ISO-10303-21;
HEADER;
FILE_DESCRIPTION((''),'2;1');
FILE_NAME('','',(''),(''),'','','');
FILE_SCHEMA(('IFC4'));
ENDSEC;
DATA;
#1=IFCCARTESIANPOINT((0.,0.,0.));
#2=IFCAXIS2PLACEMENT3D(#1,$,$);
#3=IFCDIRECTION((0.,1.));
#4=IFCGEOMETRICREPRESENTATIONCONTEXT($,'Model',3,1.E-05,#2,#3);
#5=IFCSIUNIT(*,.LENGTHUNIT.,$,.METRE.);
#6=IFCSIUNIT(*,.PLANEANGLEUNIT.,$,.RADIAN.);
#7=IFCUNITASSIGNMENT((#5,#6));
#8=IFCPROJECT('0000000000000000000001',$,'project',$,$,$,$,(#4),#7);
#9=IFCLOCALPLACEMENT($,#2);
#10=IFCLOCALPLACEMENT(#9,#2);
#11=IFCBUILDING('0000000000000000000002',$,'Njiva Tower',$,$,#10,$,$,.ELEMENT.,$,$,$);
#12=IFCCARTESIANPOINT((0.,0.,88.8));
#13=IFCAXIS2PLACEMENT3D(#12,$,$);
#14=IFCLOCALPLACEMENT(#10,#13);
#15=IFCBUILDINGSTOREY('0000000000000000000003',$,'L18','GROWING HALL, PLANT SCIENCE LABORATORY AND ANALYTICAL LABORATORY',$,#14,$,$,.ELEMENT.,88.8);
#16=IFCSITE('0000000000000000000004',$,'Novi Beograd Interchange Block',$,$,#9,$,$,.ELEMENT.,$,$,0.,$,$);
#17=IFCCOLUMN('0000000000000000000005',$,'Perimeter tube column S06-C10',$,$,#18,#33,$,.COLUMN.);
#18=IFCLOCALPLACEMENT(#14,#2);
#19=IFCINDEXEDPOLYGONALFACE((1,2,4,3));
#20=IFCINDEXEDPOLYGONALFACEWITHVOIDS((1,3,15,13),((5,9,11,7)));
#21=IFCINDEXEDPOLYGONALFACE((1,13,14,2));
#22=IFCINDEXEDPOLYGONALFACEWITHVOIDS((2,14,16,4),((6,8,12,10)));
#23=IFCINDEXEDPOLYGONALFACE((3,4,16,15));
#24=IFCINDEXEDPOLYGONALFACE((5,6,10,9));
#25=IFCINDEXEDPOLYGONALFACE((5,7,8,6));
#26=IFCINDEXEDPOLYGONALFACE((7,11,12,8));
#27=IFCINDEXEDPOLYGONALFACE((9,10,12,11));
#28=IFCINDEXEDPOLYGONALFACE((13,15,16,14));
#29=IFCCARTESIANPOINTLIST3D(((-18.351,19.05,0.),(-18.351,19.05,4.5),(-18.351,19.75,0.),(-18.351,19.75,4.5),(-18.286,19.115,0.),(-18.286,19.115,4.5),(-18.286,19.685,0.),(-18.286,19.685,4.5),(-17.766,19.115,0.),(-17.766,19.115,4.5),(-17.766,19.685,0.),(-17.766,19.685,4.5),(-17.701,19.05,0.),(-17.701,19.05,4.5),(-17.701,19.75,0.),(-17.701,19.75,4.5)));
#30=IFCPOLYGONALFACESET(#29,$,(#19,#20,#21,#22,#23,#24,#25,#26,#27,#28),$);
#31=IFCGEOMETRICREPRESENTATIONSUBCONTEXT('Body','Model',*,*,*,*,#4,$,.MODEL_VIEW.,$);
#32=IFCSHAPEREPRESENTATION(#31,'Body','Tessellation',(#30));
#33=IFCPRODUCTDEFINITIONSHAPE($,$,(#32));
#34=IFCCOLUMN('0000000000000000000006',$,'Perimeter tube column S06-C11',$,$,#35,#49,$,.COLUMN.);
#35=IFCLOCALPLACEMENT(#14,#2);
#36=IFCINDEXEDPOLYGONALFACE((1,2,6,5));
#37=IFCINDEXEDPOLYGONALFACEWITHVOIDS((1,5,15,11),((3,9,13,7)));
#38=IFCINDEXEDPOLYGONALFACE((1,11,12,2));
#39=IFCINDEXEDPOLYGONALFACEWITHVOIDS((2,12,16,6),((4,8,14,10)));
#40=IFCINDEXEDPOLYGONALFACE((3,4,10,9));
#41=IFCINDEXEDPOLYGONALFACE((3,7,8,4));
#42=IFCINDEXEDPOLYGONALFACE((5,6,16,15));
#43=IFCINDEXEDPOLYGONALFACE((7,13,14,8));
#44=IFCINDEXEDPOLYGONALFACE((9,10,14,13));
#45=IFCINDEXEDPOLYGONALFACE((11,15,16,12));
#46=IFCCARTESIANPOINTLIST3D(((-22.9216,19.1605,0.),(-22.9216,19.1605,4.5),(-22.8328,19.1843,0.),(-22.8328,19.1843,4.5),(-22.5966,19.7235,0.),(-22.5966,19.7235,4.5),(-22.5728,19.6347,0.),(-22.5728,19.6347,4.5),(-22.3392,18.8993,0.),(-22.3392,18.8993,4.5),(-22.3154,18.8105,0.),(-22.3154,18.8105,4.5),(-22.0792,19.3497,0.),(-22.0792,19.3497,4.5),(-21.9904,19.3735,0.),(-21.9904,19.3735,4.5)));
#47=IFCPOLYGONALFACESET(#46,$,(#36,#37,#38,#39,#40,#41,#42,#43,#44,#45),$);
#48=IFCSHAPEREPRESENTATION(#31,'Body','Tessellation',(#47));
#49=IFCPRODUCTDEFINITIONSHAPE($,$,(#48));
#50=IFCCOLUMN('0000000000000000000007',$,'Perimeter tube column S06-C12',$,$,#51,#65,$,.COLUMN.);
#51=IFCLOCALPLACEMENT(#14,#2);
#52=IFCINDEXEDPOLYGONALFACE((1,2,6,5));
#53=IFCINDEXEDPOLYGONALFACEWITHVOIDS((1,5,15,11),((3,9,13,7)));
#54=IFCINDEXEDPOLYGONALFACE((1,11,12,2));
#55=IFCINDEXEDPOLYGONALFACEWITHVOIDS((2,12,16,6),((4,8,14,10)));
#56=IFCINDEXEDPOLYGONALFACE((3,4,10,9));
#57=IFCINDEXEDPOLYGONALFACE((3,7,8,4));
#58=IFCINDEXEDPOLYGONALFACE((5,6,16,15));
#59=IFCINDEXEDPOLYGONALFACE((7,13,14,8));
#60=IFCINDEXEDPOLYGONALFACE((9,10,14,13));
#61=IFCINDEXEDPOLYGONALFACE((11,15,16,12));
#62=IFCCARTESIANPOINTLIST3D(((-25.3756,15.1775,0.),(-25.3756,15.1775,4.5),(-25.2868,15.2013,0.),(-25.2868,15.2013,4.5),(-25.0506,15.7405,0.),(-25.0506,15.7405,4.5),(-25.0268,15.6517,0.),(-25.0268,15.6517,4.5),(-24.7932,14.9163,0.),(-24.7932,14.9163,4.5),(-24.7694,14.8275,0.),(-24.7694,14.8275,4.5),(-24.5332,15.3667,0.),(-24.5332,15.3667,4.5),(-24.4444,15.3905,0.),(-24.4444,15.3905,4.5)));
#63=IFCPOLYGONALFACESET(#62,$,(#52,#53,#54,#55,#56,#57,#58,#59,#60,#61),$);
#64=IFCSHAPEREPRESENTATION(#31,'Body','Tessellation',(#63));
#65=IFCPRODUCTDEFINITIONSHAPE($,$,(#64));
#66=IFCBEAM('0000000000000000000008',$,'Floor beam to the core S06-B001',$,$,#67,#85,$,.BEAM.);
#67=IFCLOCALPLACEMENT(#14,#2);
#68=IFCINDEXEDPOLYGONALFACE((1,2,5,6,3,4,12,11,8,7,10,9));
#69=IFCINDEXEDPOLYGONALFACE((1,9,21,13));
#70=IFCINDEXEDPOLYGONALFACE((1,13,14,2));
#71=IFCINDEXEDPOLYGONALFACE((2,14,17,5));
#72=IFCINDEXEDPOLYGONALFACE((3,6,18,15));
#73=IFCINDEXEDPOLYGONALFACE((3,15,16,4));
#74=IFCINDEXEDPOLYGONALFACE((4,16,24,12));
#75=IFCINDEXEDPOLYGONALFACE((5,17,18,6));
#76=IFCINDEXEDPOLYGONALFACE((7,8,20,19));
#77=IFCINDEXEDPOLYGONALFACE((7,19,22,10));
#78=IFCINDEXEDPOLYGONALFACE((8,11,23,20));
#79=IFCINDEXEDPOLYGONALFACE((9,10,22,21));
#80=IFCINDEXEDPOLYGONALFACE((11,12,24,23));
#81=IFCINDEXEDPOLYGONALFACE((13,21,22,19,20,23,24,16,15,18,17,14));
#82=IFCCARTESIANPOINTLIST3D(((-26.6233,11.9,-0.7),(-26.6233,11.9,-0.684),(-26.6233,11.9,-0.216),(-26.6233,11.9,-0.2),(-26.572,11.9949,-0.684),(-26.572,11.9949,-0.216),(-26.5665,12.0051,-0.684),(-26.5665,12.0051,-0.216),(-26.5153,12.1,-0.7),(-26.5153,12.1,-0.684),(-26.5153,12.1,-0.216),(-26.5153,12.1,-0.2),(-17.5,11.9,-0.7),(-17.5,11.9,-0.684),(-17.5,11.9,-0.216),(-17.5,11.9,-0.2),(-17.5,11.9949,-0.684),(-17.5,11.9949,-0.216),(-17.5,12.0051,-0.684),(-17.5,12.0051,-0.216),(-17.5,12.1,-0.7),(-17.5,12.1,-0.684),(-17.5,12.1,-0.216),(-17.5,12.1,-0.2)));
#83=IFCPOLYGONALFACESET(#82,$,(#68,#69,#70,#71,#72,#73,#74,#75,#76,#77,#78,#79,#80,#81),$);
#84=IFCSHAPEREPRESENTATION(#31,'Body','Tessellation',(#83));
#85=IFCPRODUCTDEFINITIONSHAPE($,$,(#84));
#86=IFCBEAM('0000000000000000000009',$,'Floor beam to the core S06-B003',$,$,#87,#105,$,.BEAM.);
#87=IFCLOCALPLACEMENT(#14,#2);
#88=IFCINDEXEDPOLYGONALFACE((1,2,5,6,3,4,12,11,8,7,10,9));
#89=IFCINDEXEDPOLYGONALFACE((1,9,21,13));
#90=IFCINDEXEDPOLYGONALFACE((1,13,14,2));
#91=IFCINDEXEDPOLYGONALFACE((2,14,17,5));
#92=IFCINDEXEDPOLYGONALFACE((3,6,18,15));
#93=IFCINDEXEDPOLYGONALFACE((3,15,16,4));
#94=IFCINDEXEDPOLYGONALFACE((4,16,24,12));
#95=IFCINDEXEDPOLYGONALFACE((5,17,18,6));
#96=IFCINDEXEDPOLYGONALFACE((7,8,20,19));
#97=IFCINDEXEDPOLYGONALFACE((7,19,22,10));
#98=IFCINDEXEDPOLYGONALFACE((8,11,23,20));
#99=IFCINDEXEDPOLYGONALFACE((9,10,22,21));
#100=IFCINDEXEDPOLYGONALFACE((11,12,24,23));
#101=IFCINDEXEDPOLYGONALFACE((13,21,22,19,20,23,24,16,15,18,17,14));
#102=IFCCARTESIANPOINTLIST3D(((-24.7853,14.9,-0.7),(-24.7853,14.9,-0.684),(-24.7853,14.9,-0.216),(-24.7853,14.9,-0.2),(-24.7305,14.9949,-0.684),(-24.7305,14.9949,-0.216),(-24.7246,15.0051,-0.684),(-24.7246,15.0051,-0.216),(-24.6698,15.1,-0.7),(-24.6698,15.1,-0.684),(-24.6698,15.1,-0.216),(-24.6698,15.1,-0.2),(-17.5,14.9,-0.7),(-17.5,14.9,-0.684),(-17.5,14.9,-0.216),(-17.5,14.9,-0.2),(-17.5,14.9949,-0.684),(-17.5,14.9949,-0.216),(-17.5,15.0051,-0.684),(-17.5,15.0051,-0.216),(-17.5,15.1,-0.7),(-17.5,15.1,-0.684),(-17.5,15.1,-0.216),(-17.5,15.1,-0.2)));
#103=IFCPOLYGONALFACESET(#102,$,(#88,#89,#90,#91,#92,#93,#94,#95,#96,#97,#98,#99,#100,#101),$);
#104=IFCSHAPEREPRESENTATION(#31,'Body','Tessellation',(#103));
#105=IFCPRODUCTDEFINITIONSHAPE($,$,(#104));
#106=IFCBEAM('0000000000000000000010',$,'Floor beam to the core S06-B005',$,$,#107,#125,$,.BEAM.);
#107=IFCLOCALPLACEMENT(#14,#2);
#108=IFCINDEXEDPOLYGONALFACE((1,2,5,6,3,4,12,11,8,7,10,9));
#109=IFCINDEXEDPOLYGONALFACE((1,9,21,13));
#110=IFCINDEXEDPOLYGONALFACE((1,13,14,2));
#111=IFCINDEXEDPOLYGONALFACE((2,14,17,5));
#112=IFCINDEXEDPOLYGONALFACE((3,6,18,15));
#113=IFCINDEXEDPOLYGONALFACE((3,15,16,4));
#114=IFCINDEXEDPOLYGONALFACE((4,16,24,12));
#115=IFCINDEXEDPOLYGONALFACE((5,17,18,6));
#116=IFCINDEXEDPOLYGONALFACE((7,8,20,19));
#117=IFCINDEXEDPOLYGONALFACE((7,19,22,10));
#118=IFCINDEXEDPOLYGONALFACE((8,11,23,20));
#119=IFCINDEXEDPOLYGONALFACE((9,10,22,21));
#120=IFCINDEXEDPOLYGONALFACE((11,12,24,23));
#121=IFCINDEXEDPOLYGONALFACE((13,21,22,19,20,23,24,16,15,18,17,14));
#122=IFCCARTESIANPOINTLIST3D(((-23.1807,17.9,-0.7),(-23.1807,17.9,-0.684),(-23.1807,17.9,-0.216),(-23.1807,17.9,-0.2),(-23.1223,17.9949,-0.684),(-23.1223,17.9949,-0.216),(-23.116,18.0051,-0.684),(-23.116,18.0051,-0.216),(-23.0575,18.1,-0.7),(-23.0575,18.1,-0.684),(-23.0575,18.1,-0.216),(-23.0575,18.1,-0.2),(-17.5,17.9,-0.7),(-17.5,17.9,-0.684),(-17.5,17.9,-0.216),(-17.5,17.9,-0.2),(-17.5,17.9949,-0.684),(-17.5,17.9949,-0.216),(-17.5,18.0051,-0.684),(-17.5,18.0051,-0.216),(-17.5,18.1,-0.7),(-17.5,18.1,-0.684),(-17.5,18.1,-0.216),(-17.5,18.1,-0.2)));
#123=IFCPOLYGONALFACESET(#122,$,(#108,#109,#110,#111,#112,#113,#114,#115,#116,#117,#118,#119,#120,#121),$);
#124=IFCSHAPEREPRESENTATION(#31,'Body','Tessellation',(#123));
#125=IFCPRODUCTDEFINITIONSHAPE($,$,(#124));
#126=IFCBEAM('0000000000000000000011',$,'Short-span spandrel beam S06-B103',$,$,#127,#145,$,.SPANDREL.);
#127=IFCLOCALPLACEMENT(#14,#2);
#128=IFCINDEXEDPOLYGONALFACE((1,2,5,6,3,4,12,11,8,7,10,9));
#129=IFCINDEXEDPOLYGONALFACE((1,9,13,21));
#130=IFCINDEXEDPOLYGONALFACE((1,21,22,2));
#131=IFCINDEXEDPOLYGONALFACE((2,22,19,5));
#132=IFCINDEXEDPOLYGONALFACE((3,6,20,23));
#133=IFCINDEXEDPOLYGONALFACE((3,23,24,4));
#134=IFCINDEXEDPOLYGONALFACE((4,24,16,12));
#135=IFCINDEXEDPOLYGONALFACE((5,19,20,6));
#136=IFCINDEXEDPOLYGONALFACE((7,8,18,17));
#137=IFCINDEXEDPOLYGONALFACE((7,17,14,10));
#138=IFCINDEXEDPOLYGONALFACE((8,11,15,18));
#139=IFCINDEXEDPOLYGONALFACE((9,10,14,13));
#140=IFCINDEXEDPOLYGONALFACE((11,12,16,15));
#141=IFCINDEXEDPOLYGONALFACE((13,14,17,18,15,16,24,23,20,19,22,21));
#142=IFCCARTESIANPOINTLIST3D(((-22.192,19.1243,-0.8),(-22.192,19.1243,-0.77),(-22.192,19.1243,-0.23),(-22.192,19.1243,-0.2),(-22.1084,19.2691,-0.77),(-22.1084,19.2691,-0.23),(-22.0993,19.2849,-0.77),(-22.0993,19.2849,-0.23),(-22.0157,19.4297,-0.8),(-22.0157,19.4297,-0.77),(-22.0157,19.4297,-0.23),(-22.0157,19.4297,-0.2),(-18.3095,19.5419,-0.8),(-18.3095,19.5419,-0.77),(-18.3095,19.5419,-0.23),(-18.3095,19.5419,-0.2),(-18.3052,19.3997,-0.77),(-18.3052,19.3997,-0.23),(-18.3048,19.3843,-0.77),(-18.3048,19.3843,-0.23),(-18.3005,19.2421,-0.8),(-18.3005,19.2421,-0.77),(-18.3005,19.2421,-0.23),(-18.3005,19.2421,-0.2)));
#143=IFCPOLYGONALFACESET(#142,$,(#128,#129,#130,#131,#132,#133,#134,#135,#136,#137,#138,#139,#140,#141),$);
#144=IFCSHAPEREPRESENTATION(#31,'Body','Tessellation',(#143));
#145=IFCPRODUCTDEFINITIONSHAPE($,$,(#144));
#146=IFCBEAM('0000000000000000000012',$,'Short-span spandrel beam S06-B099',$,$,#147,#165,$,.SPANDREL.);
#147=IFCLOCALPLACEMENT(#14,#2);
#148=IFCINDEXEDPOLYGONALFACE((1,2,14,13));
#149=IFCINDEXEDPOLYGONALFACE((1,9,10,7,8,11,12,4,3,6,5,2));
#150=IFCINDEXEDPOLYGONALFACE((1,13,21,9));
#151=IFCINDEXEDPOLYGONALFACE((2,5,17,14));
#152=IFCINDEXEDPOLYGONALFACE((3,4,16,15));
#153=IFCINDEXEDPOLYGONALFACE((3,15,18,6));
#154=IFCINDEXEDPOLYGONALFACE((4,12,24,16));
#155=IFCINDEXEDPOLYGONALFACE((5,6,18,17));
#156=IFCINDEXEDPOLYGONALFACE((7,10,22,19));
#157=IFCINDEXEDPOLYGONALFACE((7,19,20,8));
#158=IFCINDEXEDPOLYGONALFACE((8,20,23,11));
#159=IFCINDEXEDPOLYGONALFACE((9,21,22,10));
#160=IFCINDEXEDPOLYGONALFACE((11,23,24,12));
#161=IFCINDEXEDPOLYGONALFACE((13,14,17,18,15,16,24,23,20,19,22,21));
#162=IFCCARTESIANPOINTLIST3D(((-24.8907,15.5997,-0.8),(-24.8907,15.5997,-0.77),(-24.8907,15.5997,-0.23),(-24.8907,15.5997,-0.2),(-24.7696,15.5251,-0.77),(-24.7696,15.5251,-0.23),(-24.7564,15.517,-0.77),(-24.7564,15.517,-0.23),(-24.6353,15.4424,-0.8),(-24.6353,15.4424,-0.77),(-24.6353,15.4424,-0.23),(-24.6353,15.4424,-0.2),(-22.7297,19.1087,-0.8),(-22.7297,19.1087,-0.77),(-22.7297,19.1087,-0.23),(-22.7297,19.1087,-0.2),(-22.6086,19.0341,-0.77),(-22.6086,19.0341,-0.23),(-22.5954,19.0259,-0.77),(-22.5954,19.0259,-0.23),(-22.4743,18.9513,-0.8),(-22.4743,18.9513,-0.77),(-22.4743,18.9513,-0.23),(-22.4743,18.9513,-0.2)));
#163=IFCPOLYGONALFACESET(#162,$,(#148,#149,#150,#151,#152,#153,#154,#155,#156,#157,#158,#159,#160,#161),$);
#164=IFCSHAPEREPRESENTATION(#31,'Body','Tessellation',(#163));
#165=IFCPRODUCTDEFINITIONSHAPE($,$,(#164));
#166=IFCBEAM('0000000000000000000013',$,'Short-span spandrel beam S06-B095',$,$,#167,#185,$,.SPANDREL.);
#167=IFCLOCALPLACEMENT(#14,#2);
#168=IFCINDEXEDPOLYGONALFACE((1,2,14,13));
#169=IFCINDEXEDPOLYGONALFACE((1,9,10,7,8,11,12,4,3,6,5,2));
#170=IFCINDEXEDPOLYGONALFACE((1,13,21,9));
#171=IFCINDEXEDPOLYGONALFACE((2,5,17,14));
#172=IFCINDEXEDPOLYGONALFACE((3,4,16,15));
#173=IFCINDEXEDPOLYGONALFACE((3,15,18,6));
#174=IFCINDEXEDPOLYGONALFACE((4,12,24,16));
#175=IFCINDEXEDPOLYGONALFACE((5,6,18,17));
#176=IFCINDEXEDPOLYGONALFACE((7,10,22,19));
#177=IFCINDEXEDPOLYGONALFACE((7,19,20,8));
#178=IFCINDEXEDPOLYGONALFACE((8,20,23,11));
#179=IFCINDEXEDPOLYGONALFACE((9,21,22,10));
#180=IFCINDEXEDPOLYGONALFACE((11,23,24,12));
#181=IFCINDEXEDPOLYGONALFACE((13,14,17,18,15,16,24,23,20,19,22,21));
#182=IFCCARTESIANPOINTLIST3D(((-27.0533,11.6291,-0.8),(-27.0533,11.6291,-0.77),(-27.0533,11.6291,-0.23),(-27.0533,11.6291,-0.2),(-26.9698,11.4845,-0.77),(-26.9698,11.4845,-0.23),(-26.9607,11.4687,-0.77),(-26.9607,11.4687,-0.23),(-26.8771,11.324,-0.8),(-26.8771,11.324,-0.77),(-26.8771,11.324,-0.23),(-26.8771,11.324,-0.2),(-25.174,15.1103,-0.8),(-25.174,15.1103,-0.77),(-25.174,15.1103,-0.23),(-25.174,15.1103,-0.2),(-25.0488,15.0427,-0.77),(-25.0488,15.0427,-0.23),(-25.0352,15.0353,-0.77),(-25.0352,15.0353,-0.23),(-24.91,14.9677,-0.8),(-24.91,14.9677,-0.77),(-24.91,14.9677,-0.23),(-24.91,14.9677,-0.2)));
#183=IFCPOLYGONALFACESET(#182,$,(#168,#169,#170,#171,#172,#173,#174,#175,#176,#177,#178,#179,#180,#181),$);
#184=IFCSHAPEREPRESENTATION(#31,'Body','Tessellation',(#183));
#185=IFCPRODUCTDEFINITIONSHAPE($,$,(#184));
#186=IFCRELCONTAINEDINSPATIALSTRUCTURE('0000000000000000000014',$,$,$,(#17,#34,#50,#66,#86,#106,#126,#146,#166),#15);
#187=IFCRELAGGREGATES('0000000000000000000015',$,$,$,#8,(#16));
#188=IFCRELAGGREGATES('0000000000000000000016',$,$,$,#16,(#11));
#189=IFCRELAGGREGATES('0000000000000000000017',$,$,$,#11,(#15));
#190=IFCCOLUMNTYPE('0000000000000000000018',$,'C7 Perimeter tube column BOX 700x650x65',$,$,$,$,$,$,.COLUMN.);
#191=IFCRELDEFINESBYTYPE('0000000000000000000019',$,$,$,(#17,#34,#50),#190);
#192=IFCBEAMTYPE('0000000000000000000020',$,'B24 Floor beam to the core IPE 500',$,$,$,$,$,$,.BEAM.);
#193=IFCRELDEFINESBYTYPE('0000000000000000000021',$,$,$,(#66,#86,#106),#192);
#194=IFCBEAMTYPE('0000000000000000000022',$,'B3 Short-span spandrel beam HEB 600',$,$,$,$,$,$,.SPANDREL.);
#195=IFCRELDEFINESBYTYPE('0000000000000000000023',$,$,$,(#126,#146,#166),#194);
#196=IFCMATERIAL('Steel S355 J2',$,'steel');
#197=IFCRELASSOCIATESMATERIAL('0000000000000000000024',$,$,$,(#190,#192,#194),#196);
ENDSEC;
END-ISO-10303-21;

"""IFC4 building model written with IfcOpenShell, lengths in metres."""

from ifc_helpers import new_model, si_unit, direction, frame, origin, origin_2d, place, context, subcontext, project, spatial, hollow_rectangle, i_section, extrude, clip, halfspace, material, material_profile, profile_set, type_object, element, save


model = new_model("IFC4")

# Units and contexts
model_context = context("Model", 3, precision=1e-05, world=origin(), true_north=direction((0.0, 1.0)))
body_context = subcontext(model_context, "Body", "Model", "MODEL_VIEW")
ifc_project = project(units=[si_unit("LENGTHUNIT", "METRE"), si_unit("PLANEANGLEUNIT", "RADIAN")], contexts=[model_context])

# Site, building, storey
site_placement = place(None, origin())
site = spatial("IfcSite", under=ifc_project, at=site_placement, Name="Novi Beograd Interchange Block", CompositionType="ELEMENT", RefElevation=0.0)
building_placement = place(site_placement, origin())
building = spatial("IfcBuilding", under=site, at=building_placement, Name="Njiva Tower", CompositionType="ELEMENT")
storey_placement = place(building_placement, frame((0.0, 0.0, 88.8)))
storey = spatial("IfcBuildingStorey", under=building, at=storey_placement, Name="L18", Description="GROWING HALL, PLANT SCIENCE LABORATORY AND ANALYTICAL LABORATORY", CompositionType="ELEMENT", Elevation=88.8)

# Columns
ifc_material_1 = material(Name="Steel S355 J2", Category="steel")
ifc_material_profile_1 = material_profile(ifc_material_1, hollow_rectangle(XDim=0.65, YDim=0.7, WallThickness=0.065, at=origin_2d()), Name="BOX 700x650x65")
ifc_profile_set_1 = profile_set([ifc_material_profile_1], Name="Steel S355 J2")
column_type = type_object("IfcColumnType", Name="C7 Perimeter tube column BOX 700x650x65", PredefinedType="COLUMN", material=ifc_profile_set_1)
for number, where, z_axis, x_axis, name in (
    (1, (-18.026, 19.4, 0.0), (0.0, 0.0, 1.0), (-1.0, 0.0, 0.0), "Perimeter tube column S06-C10"),
    (2, (-22.456, 19.267, 0.0), (0.0, 0.0, 1.0), (-0.5, -0.866025, 0.0), "Perimeter tube column S06-C11"),
    (3, (-24.91, 15.284, 0.0), (0.0, 0.0, 1.0), (-0.5, -0.866025, 0.0), "Perimeter tube column S06-C12"),
):
    element("IfcColumn", number, at=place(storey_placement, frame(where, z_axis=z_axis, x_axis=x_axis)), inside=storey, type_object=column_type, Name=name, PredefinedType="COLUMN", context=body_context, shape_type="SweptSolid", body=[
        extrude(hollow_rectangle(XDim=0.65, YDim=0.7, WallThickness=0.065, at=origin_2d()), origin(), (0.0, 0.0, 1.0), 4.5),
    ])

# Beams
ifc_material_profile_2 = material_profile(ifc_material_1, i_section(OverallWidth=0.2, OverallDepth=0.5, WebThickness=0.0102, FlangeThickness=0.016, at=origin_2d()), Name="IPE 500")
ifc_profile_set_2 = profile_set([ifc_material_profile_2], Name="Steel S355 J2")
beam_type_1 = type_object("IfcBeamType", Name="B24 Floor beam to the core IPE 500", PredefinedType="BEAM", material=ifc_profile_set_2)
beam_1_placement = place(storey_placement, frame((-26.643, 12.0, -0.45), z_axis=(1.0, 0.0, 0.0), x_axis=(0.0, 1.0, 0.0)))
element("IfcBeam", 4, at=beam_1_placement, inside=storey, type_object=beam_type_1, Name="Floor beam to the core S06-B001", PredefinedType="BEAM", context=body_context, shape_type="Clipping", body=[
    clip(extrude(i_section(OverallWidth=0.2, OverallDepth=0.5, WebThickness=0.0102, FlangeThickness=0.016, at=origin_2d()), origin(), (0.0, 0.0, 1.0), 9.143), halfspace(frame((0.0238, 0.0, 0.0866), z_axis=(0.47516, 0.0, -0.8799), x_axis=(0.0, -1.0, 0.0)), False)),
])
beam_2_placement = place(storey_placement, frame((-24.806, 15.0, -0.45), z_axis=(1.0, 0.0, 0.0), x_axis=(0.0, 1.0, 0.0)))
element("IfcBeam", 5, at=beam_2_placement, inside=storey, type_object=beam_type_1, Name="Floor beam to the core S06-B003", PredefinedType="BEAM", context=body_context, shape_type="Clipping", body=[
    clip(extrude(i_section(OverallWidth=0.2, OverallDepth=0.5, WebThickness=0.0102, FlangeThickness=0.016, at=origin_2d()), origin(), (0.0, 0.0, 1.0), 7.306), halfspace(frame((0.025, 0.0, 0.0929), z_axis=(0.499998, 0.0, -0.866027), x_axis=(0.0, -1.0, 0.0)), False)),
])
beam_3_placement = place(storey_placement, frame((-23.201, 18.0, -0.45), z_axis=(1.0, 0.0, 0.0), x_axis=(0.0, 1.0, 0.0)))
element("IfcBeam", 6, at=beam_3_placement, inside=storey, type_object=beam_type_1, Name="Floor beam to the core S06-B005", PredefinedType="BEAM", context=body_context, shape_type="Clipping", body=[
    clip(extrude(i_section(OverallWidth=0.2, OverallDepth=0.5, WebThickness=0.0102, FlangeThickness=0.016, at=origin_2d()), origin(), (0.0, 0.0, 1.0), 5.701), halfspace(frame((0.0262, 0.0, 0.098), z_axis=(0.524439, 0.0, -0.851448), x_axis=(0.0, -1.0, 0.0)), False)),
])
ifc_material_profile_3 = material_profile(ifc_material_1, i_section(OverallWidth=0.3, OverallDepth=0.6, WebThickness=0.0155, FlangeThickness=0.03, at=origin_2d()), Name="HEB 600")
ifc_profile_set_3 = profile_set([ifc_material_profile_3], Name="Steel S355 J2")
beam_type_2 = type_object("IfcBeamType", Name="B3 Short-span spandrel beam HEB 600", PredefinedType="SPANDREL", material=ifc_profile_set_3)
beam_4_placement = place(storey_placement, frame((-18.305, 19.392, -0.5), z_axis=(-0.999542, -0.030257, 0.0), x_axis=(0.030257, -0.999542, 0.0)))
element("IfcBeam", 7, at=beam_4_placement, inside=storey, type_object=beam_type_2, Name="Short-span spandrel beam S06-B103", PredefinedType="SPANDREL", context=body_context, shape_type="Clipping", body=[
    clip(extrude(i_section(OverallWidth=0.3, OverallDepth=0.6, WebThickness=0.0155, FlangeThickness=0.03, at=origin_2d()), origin(), (0.0, 0.0, 1.0), 3.9137), halfspace(frame((-0.0268, 0.0, 3.784), z_axis=(-0.525973, 0.0, 0.850501), x_axis=(0.0, 1.0, 0.0)), False)),
])
beam_5_placement = place(storey_placement, frame((-22.602, 19.03, -0.5), z_axis=(-0.524382, -0.851483, 0.0), x_axis=(0.851483, -0.524382, 0.0)))
element("IfcBeam", 8, at=beam_5_placement, inside=storey, type_object=beam_type_2, Name="Short-span spandrel beam S06-B099", PredefinedType="SPANDREL", context=body_context, shape_type="SweptSolid", body=[
    extrude(i_section(OverallWidth=0.3, OverallDepth=0.6, WebThickness=0.0155, FlangeThickness=0.03, at=origin_2d()), origin(), (0.0, 0.0, 1.0), 4.121),
])
beam_6_placement = place(storey_placement, frame((-25.042, 15.039, -0.5), z_axis=(-0.475057, -0.879955, 0.0), x_axis=(0.879955, -0.475057, 0.0)))
element("IfcBeam", 9, at=beam_6_placement, inside=storey, type_object=beam_type_2, Name="Short-span spandrel beam S06-B095", PredefinedType="SPANDREL", context=body_context, shape_type="Clipping", body=[
    clip(extrude(i_section(OverallWidth=0.3, OverallDepth=0.6, WebThickness=0.0155, FlangeThickness=0.03, at=origin_2d()), origin(), (0.0, 0.0, 1.0), 4.1599), halfspace(frame((-0.0265, 0.0, 4.0321), z_axis=(-0.524537, 0.0, 0.851388), x_axis=(0.0, 1.0, 0.0)), False)),
])

save(model, "model.ifc")
